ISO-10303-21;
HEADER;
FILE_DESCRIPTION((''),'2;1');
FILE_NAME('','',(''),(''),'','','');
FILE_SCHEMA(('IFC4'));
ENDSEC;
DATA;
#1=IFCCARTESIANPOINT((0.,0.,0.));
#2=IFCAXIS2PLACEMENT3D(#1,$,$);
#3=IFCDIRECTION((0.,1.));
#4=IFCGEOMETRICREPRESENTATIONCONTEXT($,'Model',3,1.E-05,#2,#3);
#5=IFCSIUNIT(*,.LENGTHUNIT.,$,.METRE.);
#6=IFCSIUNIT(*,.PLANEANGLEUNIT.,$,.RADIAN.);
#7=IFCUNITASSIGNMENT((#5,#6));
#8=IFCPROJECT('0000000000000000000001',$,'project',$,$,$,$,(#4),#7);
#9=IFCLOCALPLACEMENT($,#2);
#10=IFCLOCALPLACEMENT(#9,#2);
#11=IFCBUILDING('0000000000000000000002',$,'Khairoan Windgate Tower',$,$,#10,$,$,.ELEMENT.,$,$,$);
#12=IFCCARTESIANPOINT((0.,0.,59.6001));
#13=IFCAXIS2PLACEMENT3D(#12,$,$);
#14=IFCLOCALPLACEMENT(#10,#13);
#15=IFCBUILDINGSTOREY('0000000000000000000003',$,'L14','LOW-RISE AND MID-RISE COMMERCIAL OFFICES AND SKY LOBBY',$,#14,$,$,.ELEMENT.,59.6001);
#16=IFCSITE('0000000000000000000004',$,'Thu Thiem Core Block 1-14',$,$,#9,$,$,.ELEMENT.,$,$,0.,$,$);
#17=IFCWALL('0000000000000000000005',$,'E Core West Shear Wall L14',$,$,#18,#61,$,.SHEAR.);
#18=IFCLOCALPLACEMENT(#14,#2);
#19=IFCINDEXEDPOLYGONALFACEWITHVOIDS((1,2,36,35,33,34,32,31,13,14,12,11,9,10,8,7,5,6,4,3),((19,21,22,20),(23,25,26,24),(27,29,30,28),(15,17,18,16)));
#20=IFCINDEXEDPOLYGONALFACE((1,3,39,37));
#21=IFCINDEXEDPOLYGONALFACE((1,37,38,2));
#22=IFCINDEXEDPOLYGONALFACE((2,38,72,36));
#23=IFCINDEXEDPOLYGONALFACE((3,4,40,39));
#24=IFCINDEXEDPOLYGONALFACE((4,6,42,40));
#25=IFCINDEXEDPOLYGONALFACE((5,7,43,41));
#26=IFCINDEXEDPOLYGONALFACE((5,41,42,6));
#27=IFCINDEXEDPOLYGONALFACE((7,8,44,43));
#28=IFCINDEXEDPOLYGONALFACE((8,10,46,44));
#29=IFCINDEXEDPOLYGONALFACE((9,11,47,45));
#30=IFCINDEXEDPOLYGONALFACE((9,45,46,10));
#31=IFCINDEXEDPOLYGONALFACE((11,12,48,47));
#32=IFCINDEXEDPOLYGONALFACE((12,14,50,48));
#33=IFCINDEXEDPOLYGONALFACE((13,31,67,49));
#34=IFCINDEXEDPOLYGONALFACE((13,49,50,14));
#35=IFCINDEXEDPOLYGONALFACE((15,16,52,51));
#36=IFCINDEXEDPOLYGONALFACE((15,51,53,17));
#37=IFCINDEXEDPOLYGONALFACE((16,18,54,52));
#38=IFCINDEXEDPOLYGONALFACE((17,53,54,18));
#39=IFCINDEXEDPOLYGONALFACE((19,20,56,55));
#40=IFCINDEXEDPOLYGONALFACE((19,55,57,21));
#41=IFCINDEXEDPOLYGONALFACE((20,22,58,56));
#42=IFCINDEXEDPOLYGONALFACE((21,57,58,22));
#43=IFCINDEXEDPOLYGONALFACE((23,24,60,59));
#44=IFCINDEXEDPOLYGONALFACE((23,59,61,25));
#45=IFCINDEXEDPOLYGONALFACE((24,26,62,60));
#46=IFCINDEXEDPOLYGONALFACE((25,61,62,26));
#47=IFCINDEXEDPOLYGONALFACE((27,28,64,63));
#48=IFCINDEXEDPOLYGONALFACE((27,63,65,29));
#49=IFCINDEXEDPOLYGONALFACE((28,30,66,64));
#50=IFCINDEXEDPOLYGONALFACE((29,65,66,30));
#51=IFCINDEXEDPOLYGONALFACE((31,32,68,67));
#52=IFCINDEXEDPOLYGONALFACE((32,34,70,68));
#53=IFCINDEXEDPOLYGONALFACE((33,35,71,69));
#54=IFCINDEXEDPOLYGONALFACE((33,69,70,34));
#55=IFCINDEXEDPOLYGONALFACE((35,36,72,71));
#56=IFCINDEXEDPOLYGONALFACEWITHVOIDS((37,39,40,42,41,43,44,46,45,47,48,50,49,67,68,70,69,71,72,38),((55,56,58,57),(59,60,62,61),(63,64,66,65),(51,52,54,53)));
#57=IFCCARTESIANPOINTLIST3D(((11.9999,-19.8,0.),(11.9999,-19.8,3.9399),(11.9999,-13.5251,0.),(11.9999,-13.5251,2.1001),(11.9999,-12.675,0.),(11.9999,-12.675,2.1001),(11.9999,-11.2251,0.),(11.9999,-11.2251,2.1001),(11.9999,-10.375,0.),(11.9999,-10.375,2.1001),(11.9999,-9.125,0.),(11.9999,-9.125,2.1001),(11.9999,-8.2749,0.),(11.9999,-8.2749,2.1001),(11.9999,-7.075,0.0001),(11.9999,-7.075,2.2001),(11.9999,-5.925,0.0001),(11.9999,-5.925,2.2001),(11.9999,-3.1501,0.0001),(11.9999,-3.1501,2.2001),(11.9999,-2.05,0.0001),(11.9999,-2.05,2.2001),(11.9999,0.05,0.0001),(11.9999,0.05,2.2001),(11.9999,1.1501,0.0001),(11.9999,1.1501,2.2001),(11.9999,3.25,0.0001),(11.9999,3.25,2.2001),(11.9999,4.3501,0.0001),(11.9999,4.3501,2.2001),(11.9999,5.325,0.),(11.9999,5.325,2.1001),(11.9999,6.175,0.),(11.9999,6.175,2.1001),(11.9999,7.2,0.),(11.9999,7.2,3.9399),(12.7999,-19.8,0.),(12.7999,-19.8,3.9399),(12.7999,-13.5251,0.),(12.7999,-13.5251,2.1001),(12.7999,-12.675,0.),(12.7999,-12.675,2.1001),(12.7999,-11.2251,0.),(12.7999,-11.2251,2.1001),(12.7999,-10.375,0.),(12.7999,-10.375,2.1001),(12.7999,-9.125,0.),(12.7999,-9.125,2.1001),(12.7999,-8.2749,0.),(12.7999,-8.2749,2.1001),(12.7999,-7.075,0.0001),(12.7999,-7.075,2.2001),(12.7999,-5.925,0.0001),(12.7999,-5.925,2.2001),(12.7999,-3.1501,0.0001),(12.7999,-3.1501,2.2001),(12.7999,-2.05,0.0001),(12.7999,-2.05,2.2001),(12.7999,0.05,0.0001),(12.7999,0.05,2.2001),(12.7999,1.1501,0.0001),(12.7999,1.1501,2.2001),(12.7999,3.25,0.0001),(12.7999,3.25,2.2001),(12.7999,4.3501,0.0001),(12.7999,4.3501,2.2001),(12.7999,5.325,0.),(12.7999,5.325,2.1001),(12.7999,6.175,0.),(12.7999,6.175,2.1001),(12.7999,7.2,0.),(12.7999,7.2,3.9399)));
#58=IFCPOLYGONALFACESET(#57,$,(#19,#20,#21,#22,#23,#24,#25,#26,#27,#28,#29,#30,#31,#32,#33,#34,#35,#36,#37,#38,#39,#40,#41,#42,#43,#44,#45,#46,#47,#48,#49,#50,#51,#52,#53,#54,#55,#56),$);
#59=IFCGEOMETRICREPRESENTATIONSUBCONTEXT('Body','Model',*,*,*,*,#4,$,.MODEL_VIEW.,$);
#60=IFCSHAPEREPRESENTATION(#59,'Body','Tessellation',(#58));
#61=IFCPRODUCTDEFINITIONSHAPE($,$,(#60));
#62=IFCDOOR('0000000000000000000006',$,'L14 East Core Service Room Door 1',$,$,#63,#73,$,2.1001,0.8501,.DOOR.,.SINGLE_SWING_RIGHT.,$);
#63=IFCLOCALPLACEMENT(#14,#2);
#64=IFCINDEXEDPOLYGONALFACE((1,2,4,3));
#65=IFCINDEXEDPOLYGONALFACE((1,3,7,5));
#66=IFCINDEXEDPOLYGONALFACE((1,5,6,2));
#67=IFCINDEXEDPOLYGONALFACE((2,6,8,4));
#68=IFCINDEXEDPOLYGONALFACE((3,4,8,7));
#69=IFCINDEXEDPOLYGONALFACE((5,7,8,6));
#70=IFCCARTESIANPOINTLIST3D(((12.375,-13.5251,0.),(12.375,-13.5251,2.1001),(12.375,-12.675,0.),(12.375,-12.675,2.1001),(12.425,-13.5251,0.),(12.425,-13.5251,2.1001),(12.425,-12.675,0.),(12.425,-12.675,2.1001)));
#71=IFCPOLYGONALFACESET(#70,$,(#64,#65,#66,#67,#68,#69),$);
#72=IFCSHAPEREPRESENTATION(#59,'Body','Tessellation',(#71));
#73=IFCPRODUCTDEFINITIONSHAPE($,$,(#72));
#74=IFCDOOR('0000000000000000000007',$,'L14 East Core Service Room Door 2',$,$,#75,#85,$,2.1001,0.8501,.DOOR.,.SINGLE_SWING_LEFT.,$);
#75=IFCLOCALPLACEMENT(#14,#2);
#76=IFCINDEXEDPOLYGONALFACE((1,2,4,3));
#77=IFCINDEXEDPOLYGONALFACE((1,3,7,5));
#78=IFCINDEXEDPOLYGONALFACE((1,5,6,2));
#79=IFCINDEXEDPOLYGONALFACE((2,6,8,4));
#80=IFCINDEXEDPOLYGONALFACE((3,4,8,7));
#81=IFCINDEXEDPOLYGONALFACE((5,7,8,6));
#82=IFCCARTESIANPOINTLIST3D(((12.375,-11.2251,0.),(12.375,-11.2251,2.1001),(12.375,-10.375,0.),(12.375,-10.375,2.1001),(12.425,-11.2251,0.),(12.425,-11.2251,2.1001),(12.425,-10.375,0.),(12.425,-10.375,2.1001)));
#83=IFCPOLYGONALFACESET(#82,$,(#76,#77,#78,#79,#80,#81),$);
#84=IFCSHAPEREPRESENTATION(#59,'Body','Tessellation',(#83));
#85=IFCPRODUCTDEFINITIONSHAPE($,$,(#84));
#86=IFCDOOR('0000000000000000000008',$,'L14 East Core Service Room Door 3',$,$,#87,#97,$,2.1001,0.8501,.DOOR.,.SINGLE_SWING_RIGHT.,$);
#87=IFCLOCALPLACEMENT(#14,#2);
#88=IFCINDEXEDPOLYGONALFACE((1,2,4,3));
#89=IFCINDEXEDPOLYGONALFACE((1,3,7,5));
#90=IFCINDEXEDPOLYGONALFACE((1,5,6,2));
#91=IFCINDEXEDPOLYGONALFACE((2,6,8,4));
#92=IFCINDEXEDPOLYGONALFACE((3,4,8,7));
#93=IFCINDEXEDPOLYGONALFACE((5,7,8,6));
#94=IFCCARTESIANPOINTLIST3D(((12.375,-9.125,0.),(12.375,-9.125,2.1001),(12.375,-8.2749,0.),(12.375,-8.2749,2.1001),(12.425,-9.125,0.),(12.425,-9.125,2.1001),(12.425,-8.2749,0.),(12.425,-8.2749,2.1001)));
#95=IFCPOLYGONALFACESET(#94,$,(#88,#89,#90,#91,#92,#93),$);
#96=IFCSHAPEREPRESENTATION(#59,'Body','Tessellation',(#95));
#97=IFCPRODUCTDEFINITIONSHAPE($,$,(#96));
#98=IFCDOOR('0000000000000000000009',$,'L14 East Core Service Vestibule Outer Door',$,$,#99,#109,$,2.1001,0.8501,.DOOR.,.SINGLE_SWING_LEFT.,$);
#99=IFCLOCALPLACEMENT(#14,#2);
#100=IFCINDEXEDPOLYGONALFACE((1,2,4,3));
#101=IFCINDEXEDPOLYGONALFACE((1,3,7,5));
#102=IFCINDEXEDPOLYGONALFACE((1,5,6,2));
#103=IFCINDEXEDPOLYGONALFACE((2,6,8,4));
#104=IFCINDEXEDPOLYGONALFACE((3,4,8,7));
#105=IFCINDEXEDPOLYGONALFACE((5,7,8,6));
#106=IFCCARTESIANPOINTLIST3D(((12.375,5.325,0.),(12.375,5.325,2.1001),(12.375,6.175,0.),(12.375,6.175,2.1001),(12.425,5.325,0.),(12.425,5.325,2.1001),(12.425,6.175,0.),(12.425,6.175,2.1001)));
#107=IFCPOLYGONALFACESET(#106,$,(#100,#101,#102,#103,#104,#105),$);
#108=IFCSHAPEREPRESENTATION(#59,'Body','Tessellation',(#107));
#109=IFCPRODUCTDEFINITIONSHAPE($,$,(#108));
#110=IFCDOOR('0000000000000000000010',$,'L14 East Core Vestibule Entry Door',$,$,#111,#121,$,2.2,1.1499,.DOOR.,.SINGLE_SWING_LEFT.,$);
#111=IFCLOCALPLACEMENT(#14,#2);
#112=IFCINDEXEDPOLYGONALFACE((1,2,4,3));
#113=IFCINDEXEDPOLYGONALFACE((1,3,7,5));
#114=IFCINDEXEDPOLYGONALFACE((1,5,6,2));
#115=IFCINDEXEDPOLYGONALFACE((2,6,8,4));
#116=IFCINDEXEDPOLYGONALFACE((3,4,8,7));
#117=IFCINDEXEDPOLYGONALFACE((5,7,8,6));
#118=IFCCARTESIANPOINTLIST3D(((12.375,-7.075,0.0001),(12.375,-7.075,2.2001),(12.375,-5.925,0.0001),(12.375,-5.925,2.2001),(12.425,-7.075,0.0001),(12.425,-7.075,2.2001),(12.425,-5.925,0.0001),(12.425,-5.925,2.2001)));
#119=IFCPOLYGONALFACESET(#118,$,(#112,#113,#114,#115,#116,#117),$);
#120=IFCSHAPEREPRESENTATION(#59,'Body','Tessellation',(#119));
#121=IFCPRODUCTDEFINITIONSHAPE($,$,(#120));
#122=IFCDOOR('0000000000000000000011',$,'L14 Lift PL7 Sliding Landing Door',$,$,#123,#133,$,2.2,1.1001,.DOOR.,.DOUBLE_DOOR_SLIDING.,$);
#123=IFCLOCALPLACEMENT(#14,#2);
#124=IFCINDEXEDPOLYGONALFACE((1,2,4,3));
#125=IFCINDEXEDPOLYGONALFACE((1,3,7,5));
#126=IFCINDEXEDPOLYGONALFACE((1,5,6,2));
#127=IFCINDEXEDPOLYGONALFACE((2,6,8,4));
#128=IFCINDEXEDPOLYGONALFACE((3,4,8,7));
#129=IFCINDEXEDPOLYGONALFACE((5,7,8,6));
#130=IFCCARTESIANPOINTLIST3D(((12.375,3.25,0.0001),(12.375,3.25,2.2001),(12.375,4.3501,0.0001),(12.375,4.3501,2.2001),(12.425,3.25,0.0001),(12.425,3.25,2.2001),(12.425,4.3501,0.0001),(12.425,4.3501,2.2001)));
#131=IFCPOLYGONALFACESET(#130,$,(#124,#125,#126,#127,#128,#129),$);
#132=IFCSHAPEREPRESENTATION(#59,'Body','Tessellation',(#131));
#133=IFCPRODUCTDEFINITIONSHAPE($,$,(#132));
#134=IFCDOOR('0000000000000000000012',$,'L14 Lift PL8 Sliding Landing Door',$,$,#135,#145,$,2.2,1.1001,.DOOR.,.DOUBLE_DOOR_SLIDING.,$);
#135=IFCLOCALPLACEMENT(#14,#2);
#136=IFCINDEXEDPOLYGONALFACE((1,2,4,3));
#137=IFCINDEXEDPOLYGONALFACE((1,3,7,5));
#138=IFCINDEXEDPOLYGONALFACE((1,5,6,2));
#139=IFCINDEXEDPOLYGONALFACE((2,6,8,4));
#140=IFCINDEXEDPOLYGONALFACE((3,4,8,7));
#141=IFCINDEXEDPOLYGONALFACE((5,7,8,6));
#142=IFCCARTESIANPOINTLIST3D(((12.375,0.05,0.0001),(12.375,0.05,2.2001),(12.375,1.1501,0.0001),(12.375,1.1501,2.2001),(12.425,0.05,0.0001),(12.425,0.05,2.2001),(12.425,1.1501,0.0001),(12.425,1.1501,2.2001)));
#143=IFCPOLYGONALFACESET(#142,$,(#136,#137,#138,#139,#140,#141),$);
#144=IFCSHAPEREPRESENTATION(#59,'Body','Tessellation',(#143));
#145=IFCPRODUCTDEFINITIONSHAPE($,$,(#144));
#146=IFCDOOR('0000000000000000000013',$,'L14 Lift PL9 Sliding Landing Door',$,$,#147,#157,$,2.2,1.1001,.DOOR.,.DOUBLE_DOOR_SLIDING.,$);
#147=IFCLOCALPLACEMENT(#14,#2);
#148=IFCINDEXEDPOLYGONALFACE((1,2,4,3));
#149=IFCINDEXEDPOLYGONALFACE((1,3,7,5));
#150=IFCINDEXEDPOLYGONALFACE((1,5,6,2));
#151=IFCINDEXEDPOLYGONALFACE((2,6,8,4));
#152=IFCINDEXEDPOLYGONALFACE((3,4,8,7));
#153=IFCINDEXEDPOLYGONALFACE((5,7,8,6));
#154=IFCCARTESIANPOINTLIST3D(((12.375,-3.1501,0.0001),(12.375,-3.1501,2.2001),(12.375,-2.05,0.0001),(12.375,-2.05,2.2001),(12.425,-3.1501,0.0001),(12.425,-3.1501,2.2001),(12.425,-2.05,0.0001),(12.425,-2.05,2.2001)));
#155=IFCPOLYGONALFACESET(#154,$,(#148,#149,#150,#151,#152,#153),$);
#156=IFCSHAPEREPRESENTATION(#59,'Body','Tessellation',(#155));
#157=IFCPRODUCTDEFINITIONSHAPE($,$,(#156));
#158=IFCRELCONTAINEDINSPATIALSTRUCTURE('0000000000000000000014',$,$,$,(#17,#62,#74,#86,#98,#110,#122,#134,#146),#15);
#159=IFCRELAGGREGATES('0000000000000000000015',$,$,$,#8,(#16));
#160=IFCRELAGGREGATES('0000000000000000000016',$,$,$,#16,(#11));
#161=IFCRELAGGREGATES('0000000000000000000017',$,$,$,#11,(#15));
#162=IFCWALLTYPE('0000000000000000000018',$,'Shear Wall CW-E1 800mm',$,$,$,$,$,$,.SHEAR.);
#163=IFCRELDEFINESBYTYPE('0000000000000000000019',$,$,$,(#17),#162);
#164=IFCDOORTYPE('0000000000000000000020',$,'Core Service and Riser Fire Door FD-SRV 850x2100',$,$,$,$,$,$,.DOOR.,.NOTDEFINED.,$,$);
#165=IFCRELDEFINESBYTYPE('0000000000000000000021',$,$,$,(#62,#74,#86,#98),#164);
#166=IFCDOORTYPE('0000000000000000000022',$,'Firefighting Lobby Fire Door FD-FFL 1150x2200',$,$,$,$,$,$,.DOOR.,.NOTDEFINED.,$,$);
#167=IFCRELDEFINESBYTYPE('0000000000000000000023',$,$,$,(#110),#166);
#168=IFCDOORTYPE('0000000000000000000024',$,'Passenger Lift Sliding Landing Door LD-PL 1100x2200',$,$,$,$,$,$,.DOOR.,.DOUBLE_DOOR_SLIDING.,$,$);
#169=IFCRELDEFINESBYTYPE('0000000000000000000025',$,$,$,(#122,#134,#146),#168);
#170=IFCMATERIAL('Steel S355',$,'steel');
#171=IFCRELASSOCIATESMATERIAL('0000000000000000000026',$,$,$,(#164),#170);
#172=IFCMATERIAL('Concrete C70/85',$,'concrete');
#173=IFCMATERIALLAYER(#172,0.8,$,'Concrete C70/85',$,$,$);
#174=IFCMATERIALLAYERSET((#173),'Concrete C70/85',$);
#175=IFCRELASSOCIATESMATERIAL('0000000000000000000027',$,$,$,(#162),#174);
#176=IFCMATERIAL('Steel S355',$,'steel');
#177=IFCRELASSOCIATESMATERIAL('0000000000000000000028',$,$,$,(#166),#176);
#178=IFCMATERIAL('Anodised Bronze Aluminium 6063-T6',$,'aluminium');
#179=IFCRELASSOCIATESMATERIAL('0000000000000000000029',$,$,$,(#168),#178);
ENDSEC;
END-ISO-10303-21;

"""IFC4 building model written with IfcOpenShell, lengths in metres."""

from ifc_helpers import new_model, si_unit, direction, frame, frame_2d, origin, place, context, subcontext, project, spatial, rectangle, extrude, material, layer, layer_set, type_object, element, fill, save


model = new_model("IFC4")

# Units and contexts
model_context = context("Model", 3, precision=1e-05, world=origin(), true_north=direction((0.0, 1.0)))
body_context = subcontext(model_context, "Body", "Model", "MODEL_VIEW")
ifc_project = project(units=[si_unit("LENGTHUNIT", "METRE"), si_unit("PLANEANGLEUNIT", "RADIAN")], contexts=[model_context])

# Site, building, storey
site_placement = place(None, origin())
site = spatial("IfcSite", under=ifc_project, at=site_placement, Name="Thu Thiem Core Block 1-14", CompositionType="ELEMENT", RefElevation=0.0)
building_placement = place(site_placement, origin())
building = spatial("IfcBuilding", under=site, at=building_placement, Name="Khairoan Windgate Tower", CompositionType="ELEMENT")
storey_placement = place(building_placement, frame((0.0, 0.0, 59.6001)))
storey = spatial("IfcBuildingStorey", under=building, at=storey_placement, Name="L14", Description="LOW-RISE AND MID-RISE COMMERCIAL OFFICES AND SKY LOBBY", CompositionType="ELEMENT", Elevation=59.6001)

# Shared definitions
ifc_material_1 = material(Name="Steel S355", Category="steel")
door_type_1 = type_object("IfcDoorType", Name="Core Service and Riser Fire Door FD-SRV 850x2100", OperationType="NOTDEFINED", PredefinedType="DOOR", material=ifc_material_1)

# Wall, openings, doors
ifc_material_2 = material(Name="Concrete C70/85", Category="concrete")
ifc_layer_1 = layer(ifc_material_2, 0.8, Name="Concrete C70/85")
ifc_layer_set_1 = layer_set([ifc_layer_1], Name="Concrete C70/85")
wall_type_1 = type_object("IfcWallType", Name="Shear Wall CW-E1 800mm", PredefinedType="SHEAR", material=ifc_layer_set_1)
wall_1_placement = place(storey_placement, frame((12.3999, -19.8, 0.0), z_axis=(0.0, 0.0, 1.0), x_axis=(0.0, 1.0, 0.0)))
wall_1 = element("IfcWall", 1, at=wall_1_placement, inside=storey, type_object=wall_type_1, Name="E Core West Shear Wall L14", PredefinedType="SHEAR", context=body_context, shape_type="SweptSolid", body=[
    extrude(rectangle(XDim=27.0, YDim=0.8, at=frame_2d((13.5, 0.0))), origin(), (0.0, 0.0, 1.0), 3.9399),
])
opening_1_placement = place(wall_1_placement, frame((23.05, 0.0, 0.0)))
opening_1 = element("IfcOpeningElement", 2, at=opening_1_placement, cuts=wall_1, PredefinedType="OPENING", context=body_context, shape_type="SweptSolid", body=[
    extrude(rectangle(XDim=1.1001, YDim=2.2, at=frame_2d((0.55, 1.1001))), frame((0.0, 0.4099, 0.0), z_axis=(0.0, -1.0, 0.0), x_axis=(1.0, 0.0, 0.0)), (0.0, 0.0, 1.0), 0.8201),
])
opening_2_placement = place(wall_1_placement, frame((19.8501, 0.0, 0.0)))
opening_2 = element("IfcOpeningElement", 3, at=opening_2_placement, cuts=wall_1, PredefinedType="OPENING", context=body_context, shape_type="SweptSolid", body=[
    extrude(rectangle(XDim=1.1001, YDim=2.2, at=frame_2d((0.55, 1.1001))), frame((0.0, 0.4099, 0.0), z_axis=(0.0, -1.0, 0.0), x_axis=(1.0, 0.0, 0.0)), (0.0, 0.0, 1.0), 0.8201),
])
opening_3_placement = place(wall_1_placement, frame((16.6499, 0.0, 0.0)))
opening_3 = element("IfcOpeningElement", 4, at=opening_3_placement, cuts=wall_1, PredefinedType="OPENING", context=body_context, shape_type="SweptSolid", body=[
    extrude(rectangle(XDim=1.1001, YDim=2.2, at=frame_2d((0.55, 1.1001))), frame((0.0, 0.4099, 0.0), z_axis=(0.0, -1.0, 0.0), x_axis=(1.0, 0.0, 0.0)), (0.0, 0.0, 1.0), 0.8201),
])
opening_4_placement = place(wall_1_placement, frame((6.2749, 0.0, 0.0)))
opening_4 = element("IfcOpeningElement", 5, at=opening_4_placement, cuts=wall_1, PredefinedType="OPENING", context=body_context, shape_type="SweptSolid", body=[
    extrude(rectangle(XDim=0.8501, YDim=2.1001, at=frame_2d((0.425, 1.05))), frame((0.0, 0.4099, 0.0), z_axis=(0.0, -1.0, 0.0), x_axis=(1.0, 0.0, 0.0)), (0.0, 0.0, 1.0), 0.8201),
])
opening_5_placement = place(wall_1_placement, frame((8.575, 0.0, 0.0)))
opening_5 = element("IfcOpeningElement", 6, at=opening_5_placement, cuts=wall_1, PredefinedType="OPENING", context=body_context, shape_type="SweptSolid", body=[
    extrude(rectangle(XDim=0.8501, YDim=2.1001, at=frame_2d((0.425, 1.05))), frame((0.0, 0.4099, 0.0), z_axis=(0.0, -1.0, 0.0), x_axis=(1.0, 0.0, 0.0)), (0.0, 0.0, 1.0), 0.8201),
])
opening_6_placement = place(wall_1_placement, frame((10.675, 0.0, 0.0)))
opening_6 = element("IfcOpeningElement", 7, at=opening_6_placement, cuts=wall_1, PredefinedType="OPENING", context=body_context, shape_type="SweptSolid", body=[
    extrude(rectangle(XDim=0.8501, YDim=2.1001, at=frame_2d((0.425, 1.05))), frame((0.0, 0.4099, 0.0), z_axis=(0.0, -1.0, 0.0), x_axis=(1.0, 0.0, 0.0)), (0.0, 0.0, 1.0), 0.8201),
])
opening_7_placement = place(wall_1_placement, frame((12.7251, 0.0, 0.0)))
opening_7 = element("IfcOpeningElement", 8, at=opening_7_placement, cuts=wall_1, PredefinedType="OPENING", context=body_context, shape_type="SweptSolid", body=[
    extrude(rectangle(XDim=1.1499, YDim=2.2, at=frame_2d((0.575, 1.1001))), frame((0.0, 0.4099, 0.0), z_axis=(0.0, -1.0, 0.0), x_axis=(1.0, 0.0, 0.0)), (0.0, 0.0, 1.0), 0.8201),
])
opening_8_placement = place(wall_1_placement, frame((25.125, 0.0, 0.0)))
opening_8 = element("IfcOpeningElement", 9, at=opening_8_placement, cuts=wall_1, PredefinedType="OPENING", context=body_context, shape_type="SweptSolid", body=[
    extrude(rectangle(XDim=0.8501, YDim=2.1001, at=frame_2d((0.425, 1.05))), frame((0.0, 0.4099, 0.0), z_axis=(0.0, -1.0, 0.0), x_axis=(1.0, 0.0, 0.0)), (0.0, 0.0, 1.0), 0.8201),
])
door_1_placement = place(opening_4_placement, origin())
door_1 = element("IfcDoor", 10, at=door_1_placement, inside=storey, type_object=door_type_1, Name="L14 East Core Service Room Door 1", OperationType="SINGLE_SWING_RIGHT", OverallHeight=2.1001, OverallWidth=0.8501, PredefinedType="DOOR", context=body_context, shape_type="SweptSolid", body=[
    extrude(rectangle(XDim=0.8501, YDim=2.1001, at=frame_2d((0.425, 1.05))), frame((0.0, 0.0249, 0.0), z_axis=(0.0, -1.0, 0.0), x_axis=(1.0, 0.0, 0.0)), (0.0, 0.0, 1.0), 0.05),
])
fill(opening_4, door_1)
door_2_placement = place(opening_5_placement, origin())
door_2 = element("IfcDoor", 11, at=door_2_placement, inside=storey, type_object=door_type_1, Name="L14 East Core Service Room Door 2", OperationType="SINGLE_SWING_LEFT", OverallHeight=2.1001, OverallWidth=0.8501, PredefinedType="DOOR", context=body_context, shape_type="SweptSolid", body=[
    extrude(rectangle(XDim=0.8501, YDim=2.1001, at=frame_2d((0.425, 1.05))), frame((0.0, 0.0249, 0.0), z_axis=(0.0, -1.0, 0.0), x_axis=(1.0, 0.0, 0.0)), (0.0, 0.0, 1.0), 0.05),
])
fill(opening_5, door_2)
door_3_placement = place(opening_6_placement, origin())
door_3 = element("IfcDoor", 12, at=door_3_placement, inside=storey, type_object=door_type_1, Name="L14 East Core Service Room Door 3", OperationType="SINGLE_SWING_RIGHT", OverallHeight=2.1001, OverallWidth=0.8501, PredefinedType="DOOR", context=body_context, shape_type="SweptSolid", body=[
    extrude(rectangle(XDim=0.8501, YDim=2.1001, at=frame_2d((0.425, 1.05))), frame((0.0, 0.0249, 0.0), z_axis=(0.0, -1.0, 0.0), x_axis=(1.0, 0.0, 0.0)), (0.0, 0.0, 1.0), 0.05),
])
fill(opening_6, door_3)
door_4_placement = place(opening_8_placement, origin())
door_4 = element("IfcDoor", 13, at=door_4_placement, inside=storey, type_object=door_type_1, Name="L14 East Core Service Vestibule Outer Door", OperationType="SINGLE_SWING_LEFT", OverallHeight=2.1001, OverallWidth=0.8501, PredefinedType="DOOR", context=body_context, shape_type="SweptSolid", body=[
    extrude(rectangle(XDim=0.8501, YDim=2.1001, at=frame_2d((0.425, 1.05))), frame((0.0, 0.0249, 0.0), z_axis=(0.0, -1.0, 0.0), x_axis=(1.0, 0.0, 0.0)), (0.0, 0.0, 1.0), 0.05),
])
fill(opening_8, door_4)
ifc_material_3 = material(Name="Steel S355", Category="steel")
door_type_2 = type_object("IfcDoorType", Name="Firefighting Lobby Fire Door FD-FFL 1150x2200", OperationType="NOTDEFINED", PredefinedType="DOOR", material=ifc_material_3)
door_5_placement = place(opening_7_placement, origin())
door_5 = element("IfcDoor", 14, at=door_5_placement, inside=storey, type_object=door_type_2, Name="L14 East Core Vestibule Entry Door", OperationType="SINGLE_SWING_LEFT", OverallHeight=2.2, OverallWidth=1.1499, PredefinedType="DOOR", context=body_context, shape_type="SweptSolid", body=[
    extrude(rectangle(XDim=1.1499, YDim=2.2, at=frame_2d((0.575, 1.1001))), frame((0.0, 0.0249, 0.0), z_axis=(0.0, -1.0, 0.0), x_axis=(1.0, 0.0, 0.0)), (0.0, 0.0, 1.0), 0.05),
])
fill(opening_7, door_5)
ifc_material_4 = material(Name="Anodised Bronze Aluminium 6063-T6", Category="aluminium")
door_type_3 = type_object("IfcDoorType", Name="Passenger Lift Sliding Landing Door LD-PL 1100x2200", OperationType="DOUBLE_DOOR_SLIDING", PredefinedType="DOOR", material=ifc_material_4)
door_6_placement = place(opening_1_placement, origin())
door_6 = element("IfcDoor", 15, at=door_6_placement, inside=storey, type_object=door_type_3, Name="L14 Lift PL7 Sliding Landing Door", OperationType="DOUBLE_DOOR_SLIDING", OverallHeight=2.2, OverallWidth=1.1001, PredefinedType="DOOR", context=body_context, shape_type="SweptSolid", body=[
    extrude(rectangle(XDim=1.1001, YDim=2.2, at=frame_2d((0.55, 1.1001))), frame((0.0, 0.0249, 0.0), z_axis=(0.0, -1.0, 0.0), x_axis=(1.0, 0.0, 0.0)), (0.0, 0.0, 1.0), 0.05),
])
fill(opening_1, door_6)
door_7_placement = place(opening_2_placement, origin())
door_7 = element("IfcDoor", 16, at=door_7_placement, inside=storey, type_object=door_type_3, Name="L14 Lift PL8 Sliding Landing Door", OperationType="DOUBLE_DOOR_SLIDING", OverallHeight=2.2, OverallWidth=1.1001, PredefinedType="DOOR", context=body_context, shape_type="SweptSolid", body=[
    extrude(rectangle(XDim=1.1001, YDim=2.2, at=frame_2d((0.55, 1.1001))), frame((0.0, 0.0249, 0.0), z_axis=(0.0, -1.0, 0.0), x_axis=(1.0, 0.0, 0.0)), (0.0, 0.0, 1.0), 0.05),
])
fill(opening_2, door_7)
door_8_placement = place(opening_3_placement, origin())
door_8 = element("IfcDoor", 17, at=door_8_placement, inside=storey, type_object=door_type_3, Name="L14 Lift PL9 Sliding Landing Door", OperationType="DOUBLE_DOOR_SLIDING", OverallHeight=2.2, OverallWidth=1.1001, PredefinedType="DOOR", context=body_context, shape_type="SweptSolid", body=[
    extrude(rectangle(XDim=1.1001, YDim=2.2, at=frame_2d((0.55, 1.1001))), frame((0.0, 0.0249, 0.0), z_axis=(0.0, -1.0, 0.0), x_axis=(1.0, 0.0, 0.0)), (0.0, 0.0, 1.0), 0.05),
])
fill(opening_3, door_8)

save(model, "model.ifc")
